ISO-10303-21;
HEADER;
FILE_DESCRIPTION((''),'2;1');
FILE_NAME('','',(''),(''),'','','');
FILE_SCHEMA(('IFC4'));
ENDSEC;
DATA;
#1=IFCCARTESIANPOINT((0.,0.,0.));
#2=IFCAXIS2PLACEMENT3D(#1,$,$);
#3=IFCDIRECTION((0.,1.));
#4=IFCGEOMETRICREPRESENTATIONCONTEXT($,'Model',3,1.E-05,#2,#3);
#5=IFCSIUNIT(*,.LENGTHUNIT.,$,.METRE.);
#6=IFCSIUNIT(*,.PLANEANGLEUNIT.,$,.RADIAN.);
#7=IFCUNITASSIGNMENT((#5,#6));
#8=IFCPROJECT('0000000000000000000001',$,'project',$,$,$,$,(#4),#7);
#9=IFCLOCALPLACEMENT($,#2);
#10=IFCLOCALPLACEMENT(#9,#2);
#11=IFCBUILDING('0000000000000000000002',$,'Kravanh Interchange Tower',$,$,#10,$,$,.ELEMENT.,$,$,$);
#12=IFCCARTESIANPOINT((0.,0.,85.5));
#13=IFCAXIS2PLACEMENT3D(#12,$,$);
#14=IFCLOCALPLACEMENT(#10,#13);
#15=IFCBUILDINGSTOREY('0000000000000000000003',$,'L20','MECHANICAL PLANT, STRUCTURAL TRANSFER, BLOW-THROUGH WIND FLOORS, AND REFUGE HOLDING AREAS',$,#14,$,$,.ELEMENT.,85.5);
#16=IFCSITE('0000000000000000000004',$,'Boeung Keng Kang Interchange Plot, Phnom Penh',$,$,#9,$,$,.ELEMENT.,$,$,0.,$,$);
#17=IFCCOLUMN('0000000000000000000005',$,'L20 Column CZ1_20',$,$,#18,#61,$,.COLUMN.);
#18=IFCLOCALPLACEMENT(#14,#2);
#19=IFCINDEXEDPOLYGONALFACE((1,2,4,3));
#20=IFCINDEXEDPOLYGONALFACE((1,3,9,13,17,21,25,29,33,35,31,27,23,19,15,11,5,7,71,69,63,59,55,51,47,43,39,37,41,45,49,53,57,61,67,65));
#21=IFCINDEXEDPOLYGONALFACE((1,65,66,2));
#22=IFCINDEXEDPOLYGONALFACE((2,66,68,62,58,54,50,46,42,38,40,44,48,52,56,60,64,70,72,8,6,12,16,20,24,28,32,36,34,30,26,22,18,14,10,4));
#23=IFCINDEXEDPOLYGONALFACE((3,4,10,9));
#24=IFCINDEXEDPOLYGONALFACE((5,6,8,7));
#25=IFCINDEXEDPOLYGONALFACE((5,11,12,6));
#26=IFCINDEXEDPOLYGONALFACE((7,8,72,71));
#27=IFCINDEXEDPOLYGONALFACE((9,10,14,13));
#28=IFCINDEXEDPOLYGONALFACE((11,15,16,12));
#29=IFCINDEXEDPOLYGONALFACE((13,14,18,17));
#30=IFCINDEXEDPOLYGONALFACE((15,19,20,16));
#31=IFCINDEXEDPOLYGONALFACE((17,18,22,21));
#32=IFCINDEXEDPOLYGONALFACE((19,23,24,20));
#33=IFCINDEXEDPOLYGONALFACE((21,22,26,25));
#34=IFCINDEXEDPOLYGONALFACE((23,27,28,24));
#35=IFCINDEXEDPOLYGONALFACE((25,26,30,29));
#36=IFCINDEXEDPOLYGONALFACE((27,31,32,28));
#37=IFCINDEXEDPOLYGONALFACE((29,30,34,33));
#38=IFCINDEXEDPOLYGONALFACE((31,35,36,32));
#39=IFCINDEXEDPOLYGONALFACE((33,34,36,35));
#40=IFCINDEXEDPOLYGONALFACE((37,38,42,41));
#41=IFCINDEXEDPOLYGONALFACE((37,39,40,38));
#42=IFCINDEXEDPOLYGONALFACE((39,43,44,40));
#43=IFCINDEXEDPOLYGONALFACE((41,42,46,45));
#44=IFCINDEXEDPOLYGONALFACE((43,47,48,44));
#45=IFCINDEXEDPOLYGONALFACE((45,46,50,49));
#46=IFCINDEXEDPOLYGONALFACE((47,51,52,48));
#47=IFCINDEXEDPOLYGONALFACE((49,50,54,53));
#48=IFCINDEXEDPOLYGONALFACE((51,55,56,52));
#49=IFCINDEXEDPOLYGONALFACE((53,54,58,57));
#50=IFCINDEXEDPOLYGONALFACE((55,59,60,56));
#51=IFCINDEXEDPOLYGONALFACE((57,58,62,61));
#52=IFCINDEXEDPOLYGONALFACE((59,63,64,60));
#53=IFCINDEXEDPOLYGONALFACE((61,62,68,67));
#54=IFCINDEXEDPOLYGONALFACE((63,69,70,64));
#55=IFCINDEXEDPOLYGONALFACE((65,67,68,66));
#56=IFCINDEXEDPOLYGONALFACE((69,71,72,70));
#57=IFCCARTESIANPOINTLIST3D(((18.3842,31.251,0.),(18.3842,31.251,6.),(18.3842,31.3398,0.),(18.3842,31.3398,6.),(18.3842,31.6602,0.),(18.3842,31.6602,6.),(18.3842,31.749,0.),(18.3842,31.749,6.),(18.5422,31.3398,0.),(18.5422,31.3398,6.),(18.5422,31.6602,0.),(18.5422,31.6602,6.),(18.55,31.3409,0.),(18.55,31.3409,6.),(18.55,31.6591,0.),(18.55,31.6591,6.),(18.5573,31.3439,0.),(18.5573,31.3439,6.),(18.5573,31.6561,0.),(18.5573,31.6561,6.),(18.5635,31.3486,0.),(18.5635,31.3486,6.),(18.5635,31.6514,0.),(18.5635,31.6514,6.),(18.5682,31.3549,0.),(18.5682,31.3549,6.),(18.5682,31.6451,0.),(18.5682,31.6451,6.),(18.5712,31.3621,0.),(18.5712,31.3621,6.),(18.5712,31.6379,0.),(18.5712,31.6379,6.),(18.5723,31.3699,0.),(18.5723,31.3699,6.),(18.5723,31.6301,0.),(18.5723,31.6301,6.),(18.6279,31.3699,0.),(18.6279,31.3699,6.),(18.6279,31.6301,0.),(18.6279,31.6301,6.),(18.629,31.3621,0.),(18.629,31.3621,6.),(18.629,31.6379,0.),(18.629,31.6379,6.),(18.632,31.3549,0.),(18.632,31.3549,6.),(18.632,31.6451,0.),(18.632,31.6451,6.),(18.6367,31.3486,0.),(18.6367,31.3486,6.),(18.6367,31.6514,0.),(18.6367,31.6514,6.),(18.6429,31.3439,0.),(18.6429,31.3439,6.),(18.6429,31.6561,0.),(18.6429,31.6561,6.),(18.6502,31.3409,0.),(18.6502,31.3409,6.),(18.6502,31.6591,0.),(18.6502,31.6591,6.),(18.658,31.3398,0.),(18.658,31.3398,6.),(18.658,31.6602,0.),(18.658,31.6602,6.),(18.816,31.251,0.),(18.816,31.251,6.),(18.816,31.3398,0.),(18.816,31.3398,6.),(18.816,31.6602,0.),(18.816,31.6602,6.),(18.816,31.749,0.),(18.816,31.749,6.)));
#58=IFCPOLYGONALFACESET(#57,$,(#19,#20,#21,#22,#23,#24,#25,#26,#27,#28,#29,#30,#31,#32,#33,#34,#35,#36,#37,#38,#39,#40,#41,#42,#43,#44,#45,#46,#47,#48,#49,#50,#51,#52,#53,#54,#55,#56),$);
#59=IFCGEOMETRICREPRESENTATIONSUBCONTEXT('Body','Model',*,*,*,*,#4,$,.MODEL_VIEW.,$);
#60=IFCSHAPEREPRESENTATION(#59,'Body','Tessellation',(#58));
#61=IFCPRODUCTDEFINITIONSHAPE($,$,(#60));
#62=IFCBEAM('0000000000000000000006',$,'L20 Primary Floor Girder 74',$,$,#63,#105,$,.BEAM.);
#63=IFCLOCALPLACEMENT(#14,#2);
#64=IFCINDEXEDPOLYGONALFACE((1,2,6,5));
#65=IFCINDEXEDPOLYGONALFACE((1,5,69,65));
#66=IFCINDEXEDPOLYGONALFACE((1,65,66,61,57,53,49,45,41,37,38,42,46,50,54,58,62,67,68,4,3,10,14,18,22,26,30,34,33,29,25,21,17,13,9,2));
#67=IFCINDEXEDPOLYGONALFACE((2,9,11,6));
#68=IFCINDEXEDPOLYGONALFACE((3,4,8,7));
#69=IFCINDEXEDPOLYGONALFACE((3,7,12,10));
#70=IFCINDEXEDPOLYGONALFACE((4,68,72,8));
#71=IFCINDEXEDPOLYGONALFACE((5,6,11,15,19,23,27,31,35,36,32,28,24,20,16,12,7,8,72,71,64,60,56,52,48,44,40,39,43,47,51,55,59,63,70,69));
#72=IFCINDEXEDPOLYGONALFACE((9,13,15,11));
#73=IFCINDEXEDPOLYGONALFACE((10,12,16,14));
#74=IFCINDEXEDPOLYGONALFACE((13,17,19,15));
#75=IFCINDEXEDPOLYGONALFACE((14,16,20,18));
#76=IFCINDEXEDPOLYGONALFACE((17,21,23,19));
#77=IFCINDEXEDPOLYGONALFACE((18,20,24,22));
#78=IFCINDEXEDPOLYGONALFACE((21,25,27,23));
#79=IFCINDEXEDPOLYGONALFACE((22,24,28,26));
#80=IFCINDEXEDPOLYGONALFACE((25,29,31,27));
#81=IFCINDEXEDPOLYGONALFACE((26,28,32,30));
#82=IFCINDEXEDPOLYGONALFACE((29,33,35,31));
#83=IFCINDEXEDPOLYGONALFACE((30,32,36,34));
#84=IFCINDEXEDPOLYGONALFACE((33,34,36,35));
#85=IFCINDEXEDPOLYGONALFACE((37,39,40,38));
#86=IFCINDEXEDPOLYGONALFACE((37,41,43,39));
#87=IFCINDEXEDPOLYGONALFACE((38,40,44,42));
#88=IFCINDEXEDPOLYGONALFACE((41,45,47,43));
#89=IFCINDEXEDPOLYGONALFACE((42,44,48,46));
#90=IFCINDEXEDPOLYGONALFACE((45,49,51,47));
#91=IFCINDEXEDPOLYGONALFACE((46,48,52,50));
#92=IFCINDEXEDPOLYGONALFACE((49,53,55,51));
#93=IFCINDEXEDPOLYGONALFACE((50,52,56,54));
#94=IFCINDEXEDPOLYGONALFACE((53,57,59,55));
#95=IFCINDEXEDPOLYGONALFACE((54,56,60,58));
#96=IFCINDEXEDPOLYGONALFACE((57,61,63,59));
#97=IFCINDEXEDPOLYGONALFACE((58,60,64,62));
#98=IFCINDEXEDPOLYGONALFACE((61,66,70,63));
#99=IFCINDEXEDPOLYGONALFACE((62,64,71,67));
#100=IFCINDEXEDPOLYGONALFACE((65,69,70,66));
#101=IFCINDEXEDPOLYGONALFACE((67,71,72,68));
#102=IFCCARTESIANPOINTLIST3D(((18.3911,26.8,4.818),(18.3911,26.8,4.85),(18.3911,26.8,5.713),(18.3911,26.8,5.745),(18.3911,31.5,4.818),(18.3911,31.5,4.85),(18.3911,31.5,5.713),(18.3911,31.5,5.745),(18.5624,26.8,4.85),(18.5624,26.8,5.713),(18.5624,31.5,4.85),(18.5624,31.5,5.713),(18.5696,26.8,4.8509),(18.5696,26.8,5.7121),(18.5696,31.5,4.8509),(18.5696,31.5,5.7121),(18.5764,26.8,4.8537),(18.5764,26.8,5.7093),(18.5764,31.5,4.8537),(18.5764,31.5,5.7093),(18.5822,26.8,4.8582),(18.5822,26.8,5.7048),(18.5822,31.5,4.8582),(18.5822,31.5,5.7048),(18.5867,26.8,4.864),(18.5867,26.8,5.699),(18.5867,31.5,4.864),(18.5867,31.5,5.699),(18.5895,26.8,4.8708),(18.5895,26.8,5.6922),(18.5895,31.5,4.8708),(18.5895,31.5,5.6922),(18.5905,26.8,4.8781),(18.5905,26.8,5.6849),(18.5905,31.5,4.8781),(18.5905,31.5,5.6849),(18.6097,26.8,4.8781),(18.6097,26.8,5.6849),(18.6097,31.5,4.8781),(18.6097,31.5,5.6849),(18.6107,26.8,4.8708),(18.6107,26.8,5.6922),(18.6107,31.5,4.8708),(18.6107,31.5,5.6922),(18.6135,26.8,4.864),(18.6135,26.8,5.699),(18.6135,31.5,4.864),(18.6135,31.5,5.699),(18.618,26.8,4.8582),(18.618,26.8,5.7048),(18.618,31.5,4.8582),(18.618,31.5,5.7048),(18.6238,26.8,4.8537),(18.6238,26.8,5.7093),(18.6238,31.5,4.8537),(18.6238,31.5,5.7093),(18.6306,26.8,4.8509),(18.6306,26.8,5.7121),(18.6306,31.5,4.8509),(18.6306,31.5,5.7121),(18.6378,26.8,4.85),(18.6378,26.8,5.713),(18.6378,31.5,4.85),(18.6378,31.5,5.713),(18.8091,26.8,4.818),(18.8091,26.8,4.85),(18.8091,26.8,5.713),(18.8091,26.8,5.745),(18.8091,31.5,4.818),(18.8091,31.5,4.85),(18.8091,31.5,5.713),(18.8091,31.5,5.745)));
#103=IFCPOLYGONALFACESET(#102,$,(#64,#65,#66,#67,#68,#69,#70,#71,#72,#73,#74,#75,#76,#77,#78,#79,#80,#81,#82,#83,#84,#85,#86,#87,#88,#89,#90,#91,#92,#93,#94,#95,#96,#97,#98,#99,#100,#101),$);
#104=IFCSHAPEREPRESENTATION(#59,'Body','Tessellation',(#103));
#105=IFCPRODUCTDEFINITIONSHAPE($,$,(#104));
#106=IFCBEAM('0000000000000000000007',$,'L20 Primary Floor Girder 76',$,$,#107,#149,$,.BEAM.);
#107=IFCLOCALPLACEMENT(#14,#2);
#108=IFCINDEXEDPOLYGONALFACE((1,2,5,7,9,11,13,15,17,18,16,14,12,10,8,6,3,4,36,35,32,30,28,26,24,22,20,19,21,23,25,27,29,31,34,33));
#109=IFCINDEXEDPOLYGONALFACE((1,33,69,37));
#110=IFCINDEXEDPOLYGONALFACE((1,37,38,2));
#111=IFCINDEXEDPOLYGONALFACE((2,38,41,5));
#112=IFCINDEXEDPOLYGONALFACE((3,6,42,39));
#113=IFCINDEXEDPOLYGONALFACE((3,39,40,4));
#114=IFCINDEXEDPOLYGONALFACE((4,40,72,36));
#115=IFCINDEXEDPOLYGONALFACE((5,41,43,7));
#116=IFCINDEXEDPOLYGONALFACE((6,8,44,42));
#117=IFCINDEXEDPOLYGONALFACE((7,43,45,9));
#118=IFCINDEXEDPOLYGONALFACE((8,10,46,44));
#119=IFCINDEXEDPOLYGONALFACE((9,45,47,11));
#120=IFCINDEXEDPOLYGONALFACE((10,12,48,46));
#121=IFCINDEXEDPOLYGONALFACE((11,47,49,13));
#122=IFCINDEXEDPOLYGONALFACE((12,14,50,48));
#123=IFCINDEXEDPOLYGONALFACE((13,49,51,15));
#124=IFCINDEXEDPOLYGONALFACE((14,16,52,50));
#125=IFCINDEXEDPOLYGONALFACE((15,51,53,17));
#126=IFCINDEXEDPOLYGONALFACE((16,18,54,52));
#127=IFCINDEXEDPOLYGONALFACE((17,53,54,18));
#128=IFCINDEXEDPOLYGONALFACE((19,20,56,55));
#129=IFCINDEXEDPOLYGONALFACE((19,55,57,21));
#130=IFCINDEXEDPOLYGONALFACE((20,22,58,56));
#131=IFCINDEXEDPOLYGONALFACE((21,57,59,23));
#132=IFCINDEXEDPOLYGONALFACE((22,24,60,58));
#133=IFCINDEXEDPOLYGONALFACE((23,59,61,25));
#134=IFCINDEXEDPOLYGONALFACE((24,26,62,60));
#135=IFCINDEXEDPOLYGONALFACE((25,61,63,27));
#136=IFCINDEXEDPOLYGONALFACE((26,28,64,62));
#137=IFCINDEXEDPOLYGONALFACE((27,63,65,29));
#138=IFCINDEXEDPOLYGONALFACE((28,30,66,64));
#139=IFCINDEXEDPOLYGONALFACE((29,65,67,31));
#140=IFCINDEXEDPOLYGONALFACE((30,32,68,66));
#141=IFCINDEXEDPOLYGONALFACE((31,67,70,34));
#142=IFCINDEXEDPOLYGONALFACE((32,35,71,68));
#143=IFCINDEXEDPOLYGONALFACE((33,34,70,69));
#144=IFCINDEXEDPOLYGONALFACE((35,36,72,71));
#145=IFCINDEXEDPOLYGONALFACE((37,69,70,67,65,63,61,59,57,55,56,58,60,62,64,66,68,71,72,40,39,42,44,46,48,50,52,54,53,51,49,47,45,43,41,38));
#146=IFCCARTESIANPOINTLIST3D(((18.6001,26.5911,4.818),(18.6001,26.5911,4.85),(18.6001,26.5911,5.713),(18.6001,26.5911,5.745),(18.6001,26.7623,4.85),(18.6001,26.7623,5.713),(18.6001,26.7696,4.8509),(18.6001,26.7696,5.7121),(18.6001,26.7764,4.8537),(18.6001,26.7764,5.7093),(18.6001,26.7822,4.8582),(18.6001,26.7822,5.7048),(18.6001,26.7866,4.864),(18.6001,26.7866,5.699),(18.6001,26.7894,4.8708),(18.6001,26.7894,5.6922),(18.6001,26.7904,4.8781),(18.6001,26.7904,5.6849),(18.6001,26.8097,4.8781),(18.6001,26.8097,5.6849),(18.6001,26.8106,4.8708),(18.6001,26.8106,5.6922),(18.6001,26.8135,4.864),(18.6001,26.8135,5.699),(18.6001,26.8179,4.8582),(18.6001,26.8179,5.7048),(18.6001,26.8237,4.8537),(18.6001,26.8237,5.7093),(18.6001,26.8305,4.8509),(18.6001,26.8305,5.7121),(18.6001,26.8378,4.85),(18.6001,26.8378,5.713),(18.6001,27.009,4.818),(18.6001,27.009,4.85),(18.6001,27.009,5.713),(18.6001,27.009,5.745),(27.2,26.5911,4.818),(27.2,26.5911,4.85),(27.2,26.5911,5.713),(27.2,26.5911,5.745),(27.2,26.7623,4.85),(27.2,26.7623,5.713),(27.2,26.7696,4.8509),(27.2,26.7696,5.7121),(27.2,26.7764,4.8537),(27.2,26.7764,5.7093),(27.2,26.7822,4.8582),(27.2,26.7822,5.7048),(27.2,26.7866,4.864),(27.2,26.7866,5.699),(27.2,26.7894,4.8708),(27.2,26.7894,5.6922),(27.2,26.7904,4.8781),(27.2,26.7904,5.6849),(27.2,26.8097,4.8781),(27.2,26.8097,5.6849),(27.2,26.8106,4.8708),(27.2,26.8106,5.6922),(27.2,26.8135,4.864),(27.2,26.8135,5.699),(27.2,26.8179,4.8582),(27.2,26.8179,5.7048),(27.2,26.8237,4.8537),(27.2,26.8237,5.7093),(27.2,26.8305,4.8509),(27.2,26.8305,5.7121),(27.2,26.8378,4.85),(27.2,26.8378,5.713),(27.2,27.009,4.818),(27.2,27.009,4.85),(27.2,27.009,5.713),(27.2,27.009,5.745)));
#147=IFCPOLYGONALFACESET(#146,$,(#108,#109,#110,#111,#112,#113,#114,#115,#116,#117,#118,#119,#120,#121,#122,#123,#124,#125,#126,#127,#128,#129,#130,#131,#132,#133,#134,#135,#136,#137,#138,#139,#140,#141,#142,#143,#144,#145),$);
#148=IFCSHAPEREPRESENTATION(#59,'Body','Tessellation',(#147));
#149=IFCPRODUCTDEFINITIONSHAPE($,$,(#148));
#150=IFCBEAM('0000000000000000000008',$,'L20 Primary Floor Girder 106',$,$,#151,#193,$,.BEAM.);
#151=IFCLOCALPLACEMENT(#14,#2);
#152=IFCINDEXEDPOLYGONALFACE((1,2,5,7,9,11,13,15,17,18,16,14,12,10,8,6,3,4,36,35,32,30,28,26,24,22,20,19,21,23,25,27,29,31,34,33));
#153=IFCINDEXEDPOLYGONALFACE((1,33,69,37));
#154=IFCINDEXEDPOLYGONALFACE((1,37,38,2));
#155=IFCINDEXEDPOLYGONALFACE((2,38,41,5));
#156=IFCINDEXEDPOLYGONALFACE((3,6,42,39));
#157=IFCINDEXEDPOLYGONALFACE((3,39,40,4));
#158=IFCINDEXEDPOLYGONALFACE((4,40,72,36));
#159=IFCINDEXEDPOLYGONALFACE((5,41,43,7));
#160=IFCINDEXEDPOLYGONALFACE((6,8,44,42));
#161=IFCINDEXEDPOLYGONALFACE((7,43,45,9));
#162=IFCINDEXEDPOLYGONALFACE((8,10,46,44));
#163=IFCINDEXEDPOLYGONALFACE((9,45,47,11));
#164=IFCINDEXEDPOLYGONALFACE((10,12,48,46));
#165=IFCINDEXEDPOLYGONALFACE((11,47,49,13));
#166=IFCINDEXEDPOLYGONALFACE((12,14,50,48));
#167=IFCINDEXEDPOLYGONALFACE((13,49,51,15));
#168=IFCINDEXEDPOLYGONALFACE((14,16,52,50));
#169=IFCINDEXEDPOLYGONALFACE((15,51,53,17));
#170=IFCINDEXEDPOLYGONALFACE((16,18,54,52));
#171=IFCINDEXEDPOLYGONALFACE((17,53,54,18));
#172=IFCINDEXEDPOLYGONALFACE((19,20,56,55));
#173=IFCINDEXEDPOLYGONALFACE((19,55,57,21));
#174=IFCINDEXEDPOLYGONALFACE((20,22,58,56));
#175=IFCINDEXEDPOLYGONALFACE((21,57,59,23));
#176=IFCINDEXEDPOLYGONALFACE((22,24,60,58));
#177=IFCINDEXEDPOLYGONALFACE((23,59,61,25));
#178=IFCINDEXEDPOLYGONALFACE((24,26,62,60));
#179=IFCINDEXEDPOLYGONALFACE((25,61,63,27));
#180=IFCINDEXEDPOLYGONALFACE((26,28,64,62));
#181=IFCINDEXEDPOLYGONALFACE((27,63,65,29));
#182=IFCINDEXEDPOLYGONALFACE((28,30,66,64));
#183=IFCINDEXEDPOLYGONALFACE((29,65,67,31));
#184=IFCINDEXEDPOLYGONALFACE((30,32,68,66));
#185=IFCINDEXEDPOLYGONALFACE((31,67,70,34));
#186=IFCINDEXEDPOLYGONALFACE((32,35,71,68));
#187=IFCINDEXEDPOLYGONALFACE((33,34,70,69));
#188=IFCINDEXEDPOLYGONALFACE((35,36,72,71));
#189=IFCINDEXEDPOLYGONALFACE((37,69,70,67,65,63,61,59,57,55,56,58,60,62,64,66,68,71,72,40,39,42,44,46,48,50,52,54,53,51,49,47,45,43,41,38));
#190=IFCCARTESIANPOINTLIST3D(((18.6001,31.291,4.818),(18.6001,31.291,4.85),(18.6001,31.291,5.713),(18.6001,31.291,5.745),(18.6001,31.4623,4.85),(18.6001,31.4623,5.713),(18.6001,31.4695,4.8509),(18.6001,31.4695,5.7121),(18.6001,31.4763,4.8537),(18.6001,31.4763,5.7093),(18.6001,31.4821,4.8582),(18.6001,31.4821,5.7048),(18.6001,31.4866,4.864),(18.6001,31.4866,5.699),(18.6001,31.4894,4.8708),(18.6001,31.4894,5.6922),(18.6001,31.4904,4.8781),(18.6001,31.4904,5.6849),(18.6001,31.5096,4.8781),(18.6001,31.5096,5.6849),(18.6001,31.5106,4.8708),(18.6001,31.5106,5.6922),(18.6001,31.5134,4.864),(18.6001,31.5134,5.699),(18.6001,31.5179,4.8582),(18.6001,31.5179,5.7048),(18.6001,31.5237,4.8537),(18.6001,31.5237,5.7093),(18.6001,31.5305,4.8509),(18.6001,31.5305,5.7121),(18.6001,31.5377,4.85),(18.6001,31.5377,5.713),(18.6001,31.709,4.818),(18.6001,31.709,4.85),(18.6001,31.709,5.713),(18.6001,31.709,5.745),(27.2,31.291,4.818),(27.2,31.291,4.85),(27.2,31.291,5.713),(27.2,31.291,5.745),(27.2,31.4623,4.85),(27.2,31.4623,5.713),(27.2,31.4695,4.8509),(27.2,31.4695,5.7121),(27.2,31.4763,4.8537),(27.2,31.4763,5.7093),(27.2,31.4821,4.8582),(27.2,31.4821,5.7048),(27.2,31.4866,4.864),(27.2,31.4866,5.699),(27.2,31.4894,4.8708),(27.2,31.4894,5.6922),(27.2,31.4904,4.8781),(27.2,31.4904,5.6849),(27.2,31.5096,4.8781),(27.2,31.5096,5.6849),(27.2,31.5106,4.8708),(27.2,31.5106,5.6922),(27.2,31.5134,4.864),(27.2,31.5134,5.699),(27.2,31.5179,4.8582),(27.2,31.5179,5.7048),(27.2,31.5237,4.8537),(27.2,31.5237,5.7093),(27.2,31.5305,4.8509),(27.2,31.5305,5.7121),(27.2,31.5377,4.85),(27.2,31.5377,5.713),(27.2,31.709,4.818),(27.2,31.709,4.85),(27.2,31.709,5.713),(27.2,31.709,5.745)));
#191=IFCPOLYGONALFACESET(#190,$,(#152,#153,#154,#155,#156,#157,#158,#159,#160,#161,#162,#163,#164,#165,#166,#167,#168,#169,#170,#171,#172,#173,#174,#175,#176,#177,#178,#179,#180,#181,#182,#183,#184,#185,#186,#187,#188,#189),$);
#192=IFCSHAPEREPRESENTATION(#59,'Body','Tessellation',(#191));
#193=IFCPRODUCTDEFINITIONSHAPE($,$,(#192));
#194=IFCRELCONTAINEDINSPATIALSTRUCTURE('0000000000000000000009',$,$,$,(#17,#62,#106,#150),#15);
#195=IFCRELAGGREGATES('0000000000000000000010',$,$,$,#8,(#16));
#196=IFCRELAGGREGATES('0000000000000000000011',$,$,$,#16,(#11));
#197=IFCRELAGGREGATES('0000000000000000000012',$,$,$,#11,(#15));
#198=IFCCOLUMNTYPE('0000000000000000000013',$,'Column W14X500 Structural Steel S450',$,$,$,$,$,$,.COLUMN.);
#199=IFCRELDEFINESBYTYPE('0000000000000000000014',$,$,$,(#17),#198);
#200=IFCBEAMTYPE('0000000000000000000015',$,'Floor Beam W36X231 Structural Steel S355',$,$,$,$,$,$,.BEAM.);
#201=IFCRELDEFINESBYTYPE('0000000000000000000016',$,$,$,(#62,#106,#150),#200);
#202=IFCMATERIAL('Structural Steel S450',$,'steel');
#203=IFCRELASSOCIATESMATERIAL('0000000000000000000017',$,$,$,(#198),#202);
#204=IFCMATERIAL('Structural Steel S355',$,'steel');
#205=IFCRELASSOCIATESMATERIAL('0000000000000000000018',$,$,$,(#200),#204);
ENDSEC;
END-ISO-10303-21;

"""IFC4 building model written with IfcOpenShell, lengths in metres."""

from ifc_helpers import new_model, si_unit, direction, frame, origin, origin_2d, place, context, subcontext, project, spatial, i_section, extrude, material, material_profile, profile_set, type_object, element, save


model = new_model("IFC4")

# Units and contexts
model_context = context("Model", 3, precision=1e-05, world=origin(), true_north=direction((0.0, 1.0)))
body_context = subcontext(model_context, "Body", "Model", "MODEL_VIEW")
ifc_project = project(units=[si_unit("LENGTHUNIT", "METRE"), si_unit("PLANEANGLEUNIT", "RADIAN")], contexts=[model_context])

# Site, building, storey
site_placement = place(None, origin())
site = spatial("IfcSite", under=ifc_project, at=site_placement, Name="Boeung Keng Kang Interchange Plot, Phnom Penh", CompositionType="ELEMENT", RefElevation=0.0)
building_placement = place(site_placement, origin())
building = spatial("IfcBuilding", under=site, at=building_placement, Name="Kravanh Interchange Tower", CompositionType="ELEMENT")
storey_placement = place(building_placement, frame((0.0, 0.0, 85.5)))
storey = spatial("IfcBuildingStorey", under=building, at=storey_placement, Name="L20", Description="MECHANICAL PLANT, STRUCTURAL TRANSFER, BLOW-THROUGH WIND FLOORS, AND REFUGE HOLDING AREAS", CompositionType="ELEMENT", Elevation=85.5)

# Column
ifc_material_1 = material(Name="Structural Steel S450", Category="steel")
ifc_material_profile_1 = material_profile(ifc_material_1, i_section(OverallWidth=0.4319, OverallDepth=0.498, WebThickness=0.0557, FlangeThickness=0.0889, FilletRadius=0.03, at=origin_2d()), Name="W14X500")
ifc_profile_set_1 = profile_set([ifc_material_profile_1], Name="Structural Steel S450")
column_type = type_object("IfcColumnType", Name="Column W14X500 Structural Steel S450", PredefinedType="COLUMN", material=ifc_profile_set_1)
column_placement = place(storey_placement, frame((18.6001, 31.5, 0.0), z_axis=(0.0, 0.0, 1.0), x_axis=(1.0, 0.0, 0.0)))
element("IfcColumn", 1, at=column_placement, inside=storey, type_object=column_type, Name="L20 Column CZ1_20", PredefinedType="COLUMN", context=body_context, shape_type="SweptSolid", body=[
    extrude(i_section(OverallWidth=0.4319, OverallDepth=0.498, WebThickness=0.0557, FlangeThickness=0.0889, FilletRadius=0.03, at=origin_2d()), origin(), (0.0, 0.0, 1.0), 6.0),
])

# Beams
ifc_material_2 = material(Name="Structural Steel S355", Category="steel")
ifc_material_profile_2 = material_profile(ifc_material_2, i_section(OverallWidth=0.418, OverallDepth=0.927, WebThickness=0.0193, FlangeThickness=0.032, FilletRadius=0.0281, at=origin_2d()), Name="W36X231")
ifc_profile_set_2 = profile_set([ifc_material_profile_2], Name="Structural Steel S355")
beam_type_1 = type_object("IfcBeamType", Name="Floor Beam W36X231 Structural Steel S355", PredefinedType="BEAM", material=ifc_profile_set_2)
beam_1_placement = place(storey_placement, frame((18.6001, 26.8, 5.2815), z_axis=(0.0, 1.0, 0.0), x_axis=(-1.0, 0.0, 0.0)))
element("IfcBeam", 2, at=beam_1_placement, inside=storey, type_object=beam_type_1, Name="L20 Primary Floor Girder 74", PredefinedType="BEAM", context=body_context, shape_type="SweptSolid", body=[
    extrude(i_section(OverallWidth=0.418, OverallDepth=0.927, WebThickness=0.0193, FlangeThickness=0.032, FilletRadius=0.0281, at=origin_2d()), origin(), (0.0, 0.0, 1.0), 4.7),
])
for number, where, z_axis, x_axis, name in (
    (3, (18.6001, 26.8, 5.2815), (1.0, 0.0, 0.0), (0.0, 1.0, 0.0), "L20 Primary Floor Girder 76"),
    (4, (18.6001, 31.5, 5.2815), (1.0, 0.0, 0.0), (0.0, 1.0, 0.0), "L20 Primary Floor Girder 106"),
):
    element("IfcBeam", number, at=place(storey_placement, frame(where, z_axis=z_axis, x_axis=x_axis)), inside=storey, type_object=beam_type_1, Name=name, PredefinedType="BEAM", context=body_context, shape_type="SweptSolid", body=[
        extrude(i_section(OverallWidth=0.418, OverallDepth=0.927, WebThickness=0.0193, FlangeThickness=0.032, FilletRadius=0.0281, at=origin_2d()), origin(), (0.0, 0.0, 1.0), 8.5999),
    ])

save(model, "model.ifc")
